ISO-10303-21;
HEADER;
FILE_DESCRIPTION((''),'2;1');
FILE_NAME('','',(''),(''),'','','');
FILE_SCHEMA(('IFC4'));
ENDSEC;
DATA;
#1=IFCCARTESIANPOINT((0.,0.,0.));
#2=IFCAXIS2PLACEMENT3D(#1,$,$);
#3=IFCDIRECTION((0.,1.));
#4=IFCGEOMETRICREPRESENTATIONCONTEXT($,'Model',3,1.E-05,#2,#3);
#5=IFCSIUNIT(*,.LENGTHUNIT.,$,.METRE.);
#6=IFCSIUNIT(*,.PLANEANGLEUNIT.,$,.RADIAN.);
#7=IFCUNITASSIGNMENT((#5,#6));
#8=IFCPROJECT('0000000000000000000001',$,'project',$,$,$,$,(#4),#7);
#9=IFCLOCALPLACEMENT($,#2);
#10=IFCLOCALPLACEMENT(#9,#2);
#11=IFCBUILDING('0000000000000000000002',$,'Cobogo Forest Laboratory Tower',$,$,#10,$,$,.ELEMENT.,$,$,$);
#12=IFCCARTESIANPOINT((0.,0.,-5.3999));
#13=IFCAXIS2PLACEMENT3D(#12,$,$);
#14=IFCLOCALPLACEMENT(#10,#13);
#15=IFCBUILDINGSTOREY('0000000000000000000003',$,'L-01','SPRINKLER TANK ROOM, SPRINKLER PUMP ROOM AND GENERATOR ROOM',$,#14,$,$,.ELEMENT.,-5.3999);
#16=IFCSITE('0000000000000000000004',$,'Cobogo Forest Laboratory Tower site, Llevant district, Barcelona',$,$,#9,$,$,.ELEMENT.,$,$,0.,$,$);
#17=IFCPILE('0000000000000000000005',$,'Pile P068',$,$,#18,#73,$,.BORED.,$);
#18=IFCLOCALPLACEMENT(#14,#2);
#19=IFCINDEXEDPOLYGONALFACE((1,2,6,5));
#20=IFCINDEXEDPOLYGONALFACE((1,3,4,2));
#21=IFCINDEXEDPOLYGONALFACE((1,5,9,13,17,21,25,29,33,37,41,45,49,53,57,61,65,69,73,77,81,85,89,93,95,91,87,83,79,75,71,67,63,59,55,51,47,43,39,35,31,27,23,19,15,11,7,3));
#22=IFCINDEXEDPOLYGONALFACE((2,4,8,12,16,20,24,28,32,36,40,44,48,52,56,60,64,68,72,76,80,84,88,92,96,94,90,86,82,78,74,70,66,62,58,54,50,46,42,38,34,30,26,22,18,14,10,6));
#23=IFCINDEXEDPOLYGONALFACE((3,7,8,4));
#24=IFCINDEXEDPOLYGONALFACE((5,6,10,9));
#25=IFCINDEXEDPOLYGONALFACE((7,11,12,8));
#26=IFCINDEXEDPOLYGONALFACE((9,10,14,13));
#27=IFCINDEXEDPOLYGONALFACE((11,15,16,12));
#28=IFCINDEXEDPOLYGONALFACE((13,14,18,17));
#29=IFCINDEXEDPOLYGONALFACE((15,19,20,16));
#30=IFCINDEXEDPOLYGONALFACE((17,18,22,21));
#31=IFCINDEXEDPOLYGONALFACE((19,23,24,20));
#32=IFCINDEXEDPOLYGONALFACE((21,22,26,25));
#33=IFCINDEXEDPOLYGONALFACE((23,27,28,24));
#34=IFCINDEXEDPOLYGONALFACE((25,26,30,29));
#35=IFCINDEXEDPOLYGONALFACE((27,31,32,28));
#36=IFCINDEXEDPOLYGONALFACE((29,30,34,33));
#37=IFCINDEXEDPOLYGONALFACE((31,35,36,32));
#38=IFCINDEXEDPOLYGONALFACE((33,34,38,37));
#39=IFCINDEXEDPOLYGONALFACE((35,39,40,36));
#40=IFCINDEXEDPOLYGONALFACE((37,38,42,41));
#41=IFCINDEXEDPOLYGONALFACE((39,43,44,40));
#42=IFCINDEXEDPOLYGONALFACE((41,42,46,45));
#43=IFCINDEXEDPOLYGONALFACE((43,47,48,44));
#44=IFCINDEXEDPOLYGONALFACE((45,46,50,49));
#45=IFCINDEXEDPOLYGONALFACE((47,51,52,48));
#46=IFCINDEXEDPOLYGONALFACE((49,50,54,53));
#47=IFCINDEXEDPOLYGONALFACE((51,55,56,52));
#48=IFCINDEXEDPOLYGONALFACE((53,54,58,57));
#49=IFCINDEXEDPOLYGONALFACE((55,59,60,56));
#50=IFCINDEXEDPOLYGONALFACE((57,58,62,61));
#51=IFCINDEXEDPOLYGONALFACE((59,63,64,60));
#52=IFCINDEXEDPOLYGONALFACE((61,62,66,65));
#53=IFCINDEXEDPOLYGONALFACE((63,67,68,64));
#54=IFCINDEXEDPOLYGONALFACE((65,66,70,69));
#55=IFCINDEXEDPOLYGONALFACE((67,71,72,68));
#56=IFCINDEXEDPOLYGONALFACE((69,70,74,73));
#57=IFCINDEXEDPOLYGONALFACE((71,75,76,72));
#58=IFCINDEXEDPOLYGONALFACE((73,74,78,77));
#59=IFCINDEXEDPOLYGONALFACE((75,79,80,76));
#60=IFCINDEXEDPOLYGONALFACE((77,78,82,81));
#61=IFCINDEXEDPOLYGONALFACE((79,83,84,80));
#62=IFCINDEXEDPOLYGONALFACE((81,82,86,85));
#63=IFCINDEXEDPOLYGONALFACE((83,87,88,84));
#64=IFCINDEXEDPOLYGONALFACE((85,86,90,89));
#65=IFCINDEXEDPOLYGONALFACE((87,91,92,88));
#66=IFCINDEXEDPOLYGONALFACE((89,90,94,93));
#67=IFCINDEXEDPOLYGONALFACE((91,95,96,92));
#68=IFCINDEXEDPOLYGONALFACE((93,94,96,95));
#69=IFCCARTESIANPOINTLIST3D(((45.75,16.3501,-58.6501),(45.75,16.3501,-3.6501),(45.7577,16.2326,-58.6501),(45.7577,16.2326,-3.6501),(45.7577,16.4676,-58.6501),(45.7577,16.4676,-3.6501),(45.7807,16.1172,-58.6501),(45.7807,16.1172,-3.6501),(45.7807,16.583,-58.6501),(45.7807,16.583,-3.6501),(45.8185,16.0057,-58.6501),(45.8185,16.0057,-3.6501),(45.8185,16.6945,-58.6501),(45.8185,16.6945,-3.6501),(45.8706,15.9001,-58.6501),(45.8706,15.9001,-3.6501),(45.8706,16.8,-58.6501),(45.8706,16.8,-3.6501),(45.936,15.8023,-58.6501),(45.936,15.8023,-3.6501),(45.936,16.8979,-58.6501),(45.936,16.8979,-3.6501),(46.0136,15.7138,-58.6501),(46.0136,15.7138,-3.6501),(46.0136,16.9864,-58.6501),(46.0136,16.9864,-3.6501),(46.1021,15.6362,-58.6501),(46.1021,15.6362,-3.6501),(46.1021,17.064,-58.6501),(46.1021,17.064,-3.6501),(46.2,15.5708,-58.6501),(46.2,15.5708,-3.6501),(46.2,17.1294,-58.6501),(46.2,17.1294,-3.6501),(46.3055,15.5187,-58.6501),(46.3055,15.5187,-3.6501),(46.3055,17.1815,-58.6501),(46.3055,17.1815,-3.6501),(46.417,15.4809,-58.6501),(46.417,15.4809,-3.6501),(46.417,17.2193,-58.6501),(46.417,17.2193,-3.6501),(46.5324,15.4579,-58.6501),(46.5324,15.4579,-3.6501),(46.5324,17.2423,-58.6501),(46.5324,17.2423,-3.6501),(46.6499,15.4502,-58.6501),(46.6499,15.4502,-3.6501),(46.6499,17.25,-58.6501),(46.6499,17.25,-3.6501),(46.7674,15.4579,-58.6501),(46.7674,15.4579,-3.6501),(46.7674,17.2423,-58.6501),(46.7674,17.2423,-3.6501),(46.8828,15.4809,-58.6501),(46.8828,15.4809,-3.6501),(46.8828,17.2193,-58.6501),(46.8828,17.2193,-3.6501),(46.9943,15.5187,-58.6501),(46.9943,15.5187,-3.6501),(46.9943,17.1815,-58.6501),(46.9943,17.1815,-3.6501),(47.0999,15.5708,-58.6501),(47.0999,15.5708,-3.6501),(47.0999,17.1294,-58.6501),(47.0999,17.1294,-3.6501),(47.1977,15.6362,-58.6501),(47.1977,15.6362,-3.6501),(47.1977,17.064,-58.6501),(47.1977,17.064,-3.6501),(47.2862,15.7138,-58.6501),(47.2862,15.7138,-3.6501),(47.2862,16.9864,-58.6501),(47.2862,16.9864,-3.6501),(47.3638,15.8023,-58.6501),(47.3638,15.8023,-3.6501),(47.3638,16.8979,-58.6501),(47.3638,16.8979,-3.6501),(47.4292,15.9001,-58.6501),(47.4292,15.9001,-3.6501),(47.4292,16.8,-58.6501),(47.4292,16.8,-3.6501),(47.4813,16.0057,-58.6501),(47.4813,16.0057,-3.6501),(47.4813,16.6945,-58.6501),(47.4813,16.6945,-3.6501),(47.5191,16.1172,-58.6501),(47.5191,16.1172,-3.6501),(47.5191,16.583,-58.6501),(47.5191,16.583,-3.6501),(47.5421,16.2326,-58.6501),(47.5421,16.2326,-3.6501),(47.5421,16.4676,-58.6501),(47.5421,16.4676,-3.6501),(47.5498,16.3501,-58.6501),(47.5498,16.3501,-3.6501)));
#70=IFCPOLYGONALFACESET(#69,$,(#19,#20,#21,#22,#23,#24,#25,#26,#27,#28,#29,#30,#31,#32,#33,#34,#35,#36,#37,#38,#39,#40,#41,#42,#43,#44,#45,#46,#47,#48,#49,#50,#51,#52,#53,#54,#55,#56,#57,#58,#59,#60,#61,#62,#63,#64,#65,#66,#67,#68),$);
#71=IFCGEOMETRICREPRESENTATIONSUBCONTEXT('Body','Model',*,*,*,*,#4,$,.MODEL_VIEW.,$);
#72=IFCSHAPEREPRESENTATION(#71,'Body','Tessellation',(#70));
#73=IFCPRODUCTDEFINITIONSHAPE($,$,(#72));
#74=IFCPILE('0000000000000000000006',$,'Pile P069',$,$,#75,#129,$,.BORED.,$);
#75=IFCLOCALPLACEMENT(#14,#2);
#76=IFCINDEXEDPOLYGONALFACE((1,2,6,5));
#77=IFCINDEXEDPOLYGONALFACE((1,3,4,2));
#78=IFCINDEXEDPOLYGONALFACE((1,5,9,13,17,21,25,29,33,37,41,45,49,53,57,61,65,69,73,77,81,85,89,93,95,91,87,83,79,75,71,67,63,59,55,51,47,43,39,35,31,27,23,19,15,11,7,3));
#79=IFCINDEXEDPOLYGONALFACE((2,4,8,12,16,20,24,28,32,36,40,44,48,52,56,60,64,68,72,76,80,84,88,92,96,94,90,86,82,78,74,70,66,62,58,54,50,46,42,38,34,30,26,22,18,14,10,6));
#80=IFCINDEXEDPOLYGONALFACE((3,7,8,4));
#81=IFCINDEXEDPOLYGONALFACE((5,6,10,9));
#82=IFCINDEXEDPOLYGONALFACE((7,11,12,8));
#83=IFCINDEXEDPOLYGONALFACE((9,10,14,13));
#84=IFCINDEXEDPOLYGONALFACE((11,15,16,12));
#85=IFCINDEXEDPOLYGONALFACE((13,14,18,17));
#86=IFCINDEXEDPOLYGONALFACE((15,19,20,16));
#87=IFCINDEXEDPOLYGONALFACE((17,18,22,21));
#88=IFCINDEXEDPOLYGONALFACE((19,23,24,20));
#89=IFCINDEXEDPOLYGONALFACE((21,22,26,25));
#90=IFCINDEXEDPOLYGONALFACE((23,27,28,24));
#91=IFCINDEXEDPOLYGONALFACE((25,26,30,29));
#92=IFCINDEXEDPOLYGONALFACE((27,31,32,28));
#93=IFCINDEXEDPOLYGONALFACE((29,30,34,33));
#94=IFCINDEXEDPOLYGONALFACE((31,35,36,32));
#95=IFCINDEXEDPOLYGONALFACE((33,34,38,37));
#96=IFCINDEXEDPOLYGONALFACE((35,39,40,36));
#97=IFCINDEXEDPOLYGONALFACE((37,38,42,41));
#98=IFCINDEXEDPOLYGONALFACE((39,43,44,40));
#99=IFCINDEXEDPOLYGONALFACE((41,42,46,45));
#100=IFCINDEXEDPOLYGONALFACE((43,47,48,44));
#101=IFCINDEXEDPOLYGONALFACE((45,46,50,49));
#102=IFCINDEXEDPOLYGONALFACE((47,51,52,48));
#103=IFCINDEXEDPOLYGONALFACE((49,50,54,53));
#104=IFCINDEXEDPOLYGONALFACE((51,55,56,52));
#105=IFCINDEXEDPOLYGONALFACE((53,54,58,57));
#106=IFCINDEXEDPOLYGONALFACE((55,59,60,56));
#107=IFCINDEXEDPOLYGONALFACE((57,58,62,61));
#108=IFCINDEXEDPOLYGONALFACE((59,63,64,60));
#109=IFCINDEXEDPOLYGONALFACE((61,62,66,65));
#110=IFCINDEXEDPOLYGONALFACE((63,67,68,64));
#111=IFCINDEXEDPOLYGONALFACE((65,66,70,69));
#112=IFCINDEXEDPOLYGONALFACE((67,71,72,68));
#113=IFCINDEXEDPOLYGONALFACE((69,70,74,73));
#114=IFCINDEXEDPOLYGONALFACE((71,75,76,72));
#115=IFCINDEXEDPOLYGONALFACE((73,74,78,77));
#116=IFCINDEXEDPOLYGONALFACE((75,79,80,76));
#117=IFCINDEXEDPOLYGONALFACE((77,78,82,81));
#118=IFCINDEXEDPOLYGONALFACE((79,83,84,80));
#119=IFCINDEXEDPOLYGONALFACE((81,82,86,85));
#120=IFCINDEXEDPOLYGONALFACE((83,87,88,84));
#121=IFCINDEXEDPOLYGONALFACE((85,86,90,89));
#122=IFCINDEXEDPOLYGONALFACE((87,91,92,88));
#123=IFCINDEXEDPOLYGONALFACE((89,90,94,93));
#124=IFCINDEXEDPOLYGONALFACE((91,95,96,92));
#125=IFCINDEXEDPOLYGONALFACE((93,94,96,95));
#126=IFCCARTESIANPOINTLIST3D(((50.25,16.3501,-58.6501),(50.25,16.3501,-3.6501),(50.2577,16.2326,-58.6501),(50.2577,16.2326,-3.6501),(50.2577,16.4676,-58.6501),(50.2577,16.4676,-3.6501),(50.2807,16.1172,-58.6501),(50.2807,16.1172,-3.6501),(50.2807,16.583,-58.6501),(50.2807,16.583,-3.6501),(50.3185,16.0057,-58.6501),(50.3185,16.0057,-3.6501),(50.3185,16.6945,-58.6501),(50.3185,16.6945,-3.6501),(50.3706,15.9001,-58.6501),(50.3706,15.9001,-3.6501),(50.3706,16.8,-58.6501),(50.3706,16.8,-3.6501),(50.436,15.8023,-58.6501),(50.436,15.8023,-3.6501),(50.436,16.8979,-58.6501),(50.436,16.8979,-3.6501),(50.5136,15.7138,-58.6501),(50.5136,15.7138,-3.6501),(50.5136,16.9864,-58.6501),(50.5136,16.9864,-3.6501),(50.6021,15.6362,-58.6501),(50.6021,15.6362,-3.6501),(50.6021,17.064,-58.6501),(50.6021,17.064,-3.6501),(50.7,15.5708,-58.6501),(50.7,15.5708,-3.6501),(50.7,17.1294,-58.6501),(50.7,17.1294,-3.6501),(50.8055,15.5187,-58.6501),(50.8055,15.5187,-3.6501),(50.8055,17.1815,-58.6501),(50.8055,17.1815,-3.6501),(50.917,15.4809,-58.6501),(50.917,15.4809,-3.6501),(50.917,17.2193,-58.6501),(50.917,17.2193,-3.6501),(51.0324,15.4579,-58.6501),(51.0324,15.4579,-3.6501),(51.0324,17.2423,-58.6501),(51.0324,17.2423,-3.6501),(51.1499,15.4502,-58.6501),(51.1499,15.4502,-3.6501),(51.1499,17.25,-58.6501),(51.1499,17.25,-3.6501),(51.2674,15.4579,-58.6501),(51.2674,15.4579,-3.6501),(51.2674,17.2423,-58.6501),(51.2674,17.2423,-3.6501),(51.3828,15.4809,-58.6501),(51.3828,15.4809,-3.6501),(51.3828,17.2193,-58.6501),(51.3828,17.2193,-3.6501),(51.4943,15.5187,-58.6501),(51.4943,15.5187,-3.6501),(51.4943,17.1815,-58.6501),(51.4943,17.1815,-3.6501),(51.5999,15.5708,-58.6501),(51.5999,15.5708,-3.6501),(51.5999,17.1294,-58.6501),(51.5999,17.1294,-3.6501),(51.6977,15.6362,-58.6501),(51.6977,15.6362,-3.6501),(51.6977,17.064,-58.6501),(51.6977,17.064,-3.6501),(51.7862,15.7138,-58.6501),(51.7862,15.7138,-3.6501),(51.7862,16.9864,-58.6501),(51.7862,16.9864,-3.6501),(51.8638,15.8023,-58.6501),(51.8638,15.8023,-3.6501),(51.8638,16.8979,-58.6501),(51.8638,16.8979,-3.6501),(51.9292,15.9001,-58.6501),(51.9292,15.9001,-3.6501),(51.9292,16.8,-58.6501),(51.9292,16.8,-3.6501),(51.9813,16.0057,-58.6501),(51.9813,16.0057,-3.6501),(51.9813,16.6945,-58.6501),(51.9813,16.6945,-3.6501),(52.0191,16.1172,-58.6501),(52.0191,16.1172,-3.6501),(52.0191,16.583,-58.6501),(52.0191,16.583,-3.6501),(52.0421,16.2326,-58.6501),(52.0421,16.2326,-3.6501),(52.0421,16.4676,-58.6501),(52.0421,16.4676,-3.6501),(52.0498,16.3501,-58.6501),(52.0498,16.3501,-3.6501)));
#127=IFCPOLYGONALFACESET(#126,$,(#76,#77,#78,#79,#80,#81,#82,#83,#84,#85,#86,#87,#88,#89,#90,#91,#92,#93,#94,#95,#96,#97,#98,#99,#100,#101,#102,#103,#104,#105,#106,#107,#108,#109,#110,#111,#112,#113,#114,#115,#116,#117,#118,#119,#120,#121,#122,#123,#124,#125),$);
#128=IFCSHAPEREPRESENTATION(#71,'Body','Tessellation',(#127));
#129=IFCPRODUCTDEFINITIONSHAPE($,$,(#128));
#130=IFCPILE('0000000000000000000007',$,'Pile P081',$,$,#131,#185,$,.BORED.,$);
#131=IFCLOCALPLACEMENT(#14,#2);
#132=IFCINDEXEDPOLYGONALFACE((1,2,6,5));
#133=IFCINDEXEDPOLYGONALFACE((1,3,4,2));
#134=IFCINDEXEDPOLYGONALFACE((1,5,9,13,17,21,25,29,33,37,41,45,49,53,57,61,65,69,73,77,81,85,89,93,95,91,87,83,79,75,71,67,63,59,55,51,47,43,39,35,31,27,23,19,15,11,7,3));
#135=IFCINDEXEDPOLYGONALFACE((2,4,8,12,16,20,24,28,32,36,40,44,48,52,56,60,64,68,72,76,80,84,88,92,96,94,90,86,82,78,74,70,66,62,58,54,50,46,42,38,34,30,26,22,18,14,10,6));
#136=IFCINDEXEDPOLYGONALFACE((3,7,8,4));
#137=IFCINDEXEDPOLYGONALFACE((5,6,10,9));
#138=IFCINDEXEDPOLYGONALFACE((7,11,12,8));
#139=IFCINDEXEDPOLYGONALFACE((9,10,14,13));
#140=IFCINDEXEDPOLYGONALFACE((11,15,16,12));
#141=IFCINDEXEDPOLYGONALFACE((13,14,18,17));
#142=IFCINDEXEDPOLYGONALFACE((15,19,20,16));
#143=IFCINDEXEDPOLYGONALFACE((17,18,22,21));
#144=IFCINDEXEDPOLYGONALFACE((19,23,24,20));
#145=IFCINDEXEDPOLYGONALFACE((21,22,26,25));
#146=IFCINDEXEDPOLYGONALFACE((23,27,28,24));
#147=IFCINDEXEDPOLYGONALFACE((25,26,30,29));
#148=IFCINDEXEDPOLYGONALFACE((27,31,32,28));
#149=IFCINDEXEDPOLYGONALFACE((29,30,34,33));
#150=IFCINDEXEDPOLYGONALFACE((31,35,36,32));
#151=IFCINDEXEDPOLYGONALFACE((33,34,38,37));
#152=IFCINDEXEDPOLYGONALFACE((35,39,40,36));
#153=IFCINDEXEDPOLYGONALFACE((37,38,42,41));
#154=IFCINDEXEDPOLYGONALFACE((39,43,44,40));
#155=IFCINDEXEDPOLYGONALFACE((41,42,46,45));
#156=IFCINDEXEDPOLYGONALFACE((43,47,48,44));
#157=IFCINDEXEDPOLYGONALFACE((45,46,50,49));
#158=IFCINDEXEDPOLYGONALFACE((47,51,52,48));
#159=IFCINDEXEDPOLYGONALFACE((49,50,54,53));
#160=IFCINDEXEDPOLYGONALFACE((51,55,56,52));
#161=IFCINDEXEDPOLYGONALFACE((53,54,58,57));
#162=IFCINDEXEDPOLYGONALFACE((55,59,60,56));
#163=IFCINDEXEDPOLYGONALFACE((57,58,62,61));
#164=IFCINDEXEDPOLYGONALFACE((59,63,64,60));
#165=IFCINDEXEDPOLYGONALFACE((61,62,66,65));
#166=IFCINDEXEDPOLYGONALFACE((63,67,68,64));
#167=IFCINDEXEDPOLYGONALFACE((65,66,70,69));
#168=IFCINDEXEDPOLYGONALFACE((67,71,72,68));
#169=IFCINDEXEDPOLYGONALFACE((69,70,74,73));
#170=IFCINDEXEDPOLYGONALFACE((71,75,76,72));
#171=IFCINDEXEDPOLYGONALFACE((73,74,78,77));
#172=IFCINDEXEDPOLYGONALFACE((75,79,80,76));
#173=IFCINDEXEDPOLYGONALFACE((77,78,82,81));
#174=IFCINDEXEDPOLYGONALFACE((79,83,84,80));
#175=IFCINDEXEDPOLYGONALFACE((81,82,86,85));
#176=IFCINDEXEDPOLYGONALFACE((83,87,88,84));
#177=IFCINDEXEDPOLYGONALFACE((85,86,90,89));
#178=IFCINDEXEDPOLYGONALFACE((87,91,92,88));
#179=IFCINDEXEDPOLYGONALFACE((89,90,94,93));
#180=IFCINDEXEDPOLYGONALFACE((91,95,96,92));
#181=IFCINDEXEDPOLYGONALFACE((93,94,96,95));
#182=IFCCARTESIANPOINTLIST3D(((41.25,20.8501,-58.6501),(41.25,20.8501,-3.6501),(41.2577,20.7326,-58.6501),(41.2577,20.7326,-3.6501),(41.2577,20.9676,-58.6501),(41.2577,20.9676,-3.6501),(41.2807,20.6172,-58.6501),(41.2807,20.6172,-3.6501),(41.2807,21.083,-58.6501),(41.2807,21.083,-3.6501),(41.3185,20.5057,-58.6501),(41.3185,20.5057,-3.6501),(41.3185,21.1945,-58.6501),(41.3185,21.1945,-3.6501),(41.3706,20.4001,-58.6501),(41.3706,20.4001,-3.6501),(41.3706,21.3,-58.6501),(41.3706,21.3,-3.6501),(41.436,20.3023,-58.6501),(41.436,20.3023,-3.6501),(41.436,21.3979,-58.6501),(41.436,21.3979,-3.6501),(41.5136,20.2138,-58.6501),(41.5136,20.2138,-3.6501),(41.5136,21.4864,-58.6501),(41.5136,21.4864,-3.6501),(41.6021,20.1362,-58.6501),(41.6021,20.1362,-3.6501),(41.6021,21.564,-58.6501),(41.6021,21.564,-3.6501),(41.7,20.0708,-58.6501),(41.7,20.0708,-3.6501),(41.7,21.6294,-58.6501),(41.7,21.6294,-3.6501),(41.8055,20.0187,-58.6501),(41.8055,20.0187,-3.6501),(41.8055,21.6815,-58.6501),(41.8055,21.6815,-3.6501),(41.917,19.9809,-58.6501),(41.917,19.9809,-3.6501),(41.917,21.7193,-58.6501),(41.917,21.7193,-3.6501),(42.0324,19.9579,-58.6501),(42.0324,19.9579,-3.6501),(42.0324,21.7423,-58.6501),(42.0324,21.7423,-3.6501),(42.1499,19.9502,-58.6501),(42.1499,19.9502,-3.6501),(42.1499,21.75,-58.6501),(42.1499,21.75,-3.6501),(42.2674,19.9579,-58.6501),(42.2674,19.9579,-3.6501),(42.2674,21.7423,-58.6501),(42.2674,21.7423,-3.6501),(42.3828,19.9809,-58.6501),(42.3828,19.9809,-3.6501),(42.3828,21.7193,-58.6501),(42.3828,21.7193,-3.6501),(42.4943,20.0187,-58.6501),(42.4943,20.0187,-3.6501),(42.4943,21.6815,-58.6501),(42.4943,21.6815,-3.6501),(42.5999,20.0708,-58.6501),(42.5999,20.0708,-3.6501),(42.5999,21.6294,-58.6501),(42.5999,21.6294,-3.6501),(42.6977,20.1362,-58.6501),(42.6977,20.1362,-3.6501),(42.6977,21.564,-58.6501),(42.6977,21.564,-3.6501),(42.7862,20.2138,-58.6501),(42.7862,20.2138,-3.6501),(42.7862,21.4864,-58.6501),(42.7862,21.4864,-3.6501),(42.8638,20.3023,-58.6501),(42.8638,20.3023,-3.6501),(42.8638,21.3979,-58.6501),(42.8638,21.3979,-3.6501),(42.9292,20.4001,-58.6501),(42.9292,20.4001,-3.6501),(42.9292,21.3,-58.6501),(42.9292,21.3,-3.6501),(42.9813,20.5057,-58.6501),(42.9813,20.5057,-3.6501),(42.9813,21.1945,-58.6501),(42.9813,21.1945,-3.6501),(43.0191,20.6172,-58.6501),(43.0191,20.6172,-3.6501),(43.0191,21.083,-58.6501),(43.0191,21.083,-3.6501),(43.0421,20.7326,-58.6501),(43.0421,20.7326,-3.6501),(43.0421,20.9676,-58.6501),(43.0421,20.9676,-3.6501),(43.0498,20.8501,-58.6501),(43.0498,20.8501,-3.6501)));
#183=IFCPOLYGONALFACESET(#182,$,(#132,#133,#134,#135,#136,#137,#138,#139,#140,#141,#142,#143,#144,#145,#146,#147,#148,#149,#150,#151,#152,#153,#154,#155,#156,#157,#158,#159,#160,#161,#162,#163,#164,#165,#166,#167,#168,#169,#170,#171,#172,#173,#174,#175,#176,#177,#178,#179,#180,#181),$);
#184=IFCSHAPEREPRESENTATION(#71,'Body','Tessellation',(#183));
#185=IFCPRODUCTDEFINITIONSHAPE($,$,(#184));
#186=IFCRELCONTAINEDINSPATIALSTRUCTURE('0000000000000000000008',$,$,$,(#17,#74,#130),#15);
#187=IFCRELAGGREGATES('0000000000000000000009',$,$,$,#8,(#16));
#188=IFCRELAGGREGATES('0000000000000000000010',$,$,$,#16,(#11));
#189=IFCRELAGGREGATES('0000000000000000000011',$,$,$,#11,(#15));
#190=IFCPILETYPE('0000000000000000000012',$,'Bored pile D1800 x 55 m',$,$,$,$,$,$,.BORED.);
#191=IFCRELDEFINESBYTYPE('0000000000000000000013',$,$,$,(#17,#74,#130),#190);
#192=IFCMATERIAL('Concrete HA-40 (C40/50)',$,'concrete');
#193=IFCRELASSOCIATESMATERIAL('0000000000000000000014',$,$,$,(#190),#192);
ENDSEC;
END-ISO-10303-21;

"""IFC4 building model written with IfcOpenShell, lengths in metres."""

from ifc_helpers import new_model, si_unit, direction, frame, origin, origin_2d, place, context, subcontext, project, spatial, circle, extrude, material, material_profile, profile_set, type_object, element, save


model = new_model("IFC4")

# Units and contexts
model_context = context("Model", 3, precision=1e-05, world=origin(), true_north=direction((0.0, 1.0)))
body_context = subcontext(model_context, "Body", "Model", "MODEL_VIEW")
ifc_project = project(units=[si_unit("LENGTHUNIT", "METRE"), si_unit("PLANEANGLEUNIT", "RADIAN")], contexts=[model_context])

# Site, building, storey
site_placement = place(None, origin())
site = spatial("IfcSite", under=ifc_project, at=site_placement, Name="Cobogo Forest Laboratory Tower site, Llevant district, Barcelona", CompositionType="ELEMENT", RefElevation=0.0)
building_placement = place(site_placement, origin())
building = spatial("IfcBuilding", under=site, at=building_placement, Name="Cobogo Forest Laboratory Tower", CompositionType="ELEMENT")
storey_placement = place(building_placement, frame((0.0, 0.0, -5.3999)))
storey = spatial("IfcBuildingStorey", under=building, at=storey_placement, Name="L-01", Description="SPRINKLER TANK ROOM, SPRINKLER PUMP ROOM AND GENERATOR ROOM", CompositionType="ELEMENT", Elevation=-5.3999)

# Piles
ifc_material_1 = material(Name="Concrete HA-40 (C40/50)", Category="concrete")
ifc_material_profile_1 = material_profile(ifc_material_1, circle(Radius=0.8999, at=origin_2d()), Name="PILE D1800")
ifc_profile_set_1 = profile_set([ifc_material_profile_1], Name="Concrete HA-40 (C40/50)")
pile_type_1 = type_object("IfcPileType", Name="Bored pile D1800 x 55 m", PredefinedType="BORED", material=ifc_profile_set_1)
for number, where, z_axis, x_axis, name in (
    (1, (46.6499, 16.3501, -3.6501), (0.0, 0.0, -1.0), (1.0, 0.0, 0.0), "Pile P068"),
    (2, (51.1499, 16.3501, -3.6501), (0.0, 0.0, -1.0), (1.0, 0.0, 0.0), "Pile P069"),
    (3, (42.1499, 20.8501, -3.6501), (0.0, 0.0, -1.0), (1.0, 0.0, 0.0), "Pile P081"),
):
    element("IfcPile", number, at=place(storey_placement, frame(where, z_axis=z_axis, x_axis=x_axis)), inside=storey, type_object=pile_type_1, Name=name, PredefinedType="BORED", context=body_context, shape_type="SweptSolid", body=[
        extrude(circle(Radius=0.8999, at=origin_2d()), origin(), (0.0, 0.0, 1.0), 55.0),
    ])

save(model, "model.ifc")
